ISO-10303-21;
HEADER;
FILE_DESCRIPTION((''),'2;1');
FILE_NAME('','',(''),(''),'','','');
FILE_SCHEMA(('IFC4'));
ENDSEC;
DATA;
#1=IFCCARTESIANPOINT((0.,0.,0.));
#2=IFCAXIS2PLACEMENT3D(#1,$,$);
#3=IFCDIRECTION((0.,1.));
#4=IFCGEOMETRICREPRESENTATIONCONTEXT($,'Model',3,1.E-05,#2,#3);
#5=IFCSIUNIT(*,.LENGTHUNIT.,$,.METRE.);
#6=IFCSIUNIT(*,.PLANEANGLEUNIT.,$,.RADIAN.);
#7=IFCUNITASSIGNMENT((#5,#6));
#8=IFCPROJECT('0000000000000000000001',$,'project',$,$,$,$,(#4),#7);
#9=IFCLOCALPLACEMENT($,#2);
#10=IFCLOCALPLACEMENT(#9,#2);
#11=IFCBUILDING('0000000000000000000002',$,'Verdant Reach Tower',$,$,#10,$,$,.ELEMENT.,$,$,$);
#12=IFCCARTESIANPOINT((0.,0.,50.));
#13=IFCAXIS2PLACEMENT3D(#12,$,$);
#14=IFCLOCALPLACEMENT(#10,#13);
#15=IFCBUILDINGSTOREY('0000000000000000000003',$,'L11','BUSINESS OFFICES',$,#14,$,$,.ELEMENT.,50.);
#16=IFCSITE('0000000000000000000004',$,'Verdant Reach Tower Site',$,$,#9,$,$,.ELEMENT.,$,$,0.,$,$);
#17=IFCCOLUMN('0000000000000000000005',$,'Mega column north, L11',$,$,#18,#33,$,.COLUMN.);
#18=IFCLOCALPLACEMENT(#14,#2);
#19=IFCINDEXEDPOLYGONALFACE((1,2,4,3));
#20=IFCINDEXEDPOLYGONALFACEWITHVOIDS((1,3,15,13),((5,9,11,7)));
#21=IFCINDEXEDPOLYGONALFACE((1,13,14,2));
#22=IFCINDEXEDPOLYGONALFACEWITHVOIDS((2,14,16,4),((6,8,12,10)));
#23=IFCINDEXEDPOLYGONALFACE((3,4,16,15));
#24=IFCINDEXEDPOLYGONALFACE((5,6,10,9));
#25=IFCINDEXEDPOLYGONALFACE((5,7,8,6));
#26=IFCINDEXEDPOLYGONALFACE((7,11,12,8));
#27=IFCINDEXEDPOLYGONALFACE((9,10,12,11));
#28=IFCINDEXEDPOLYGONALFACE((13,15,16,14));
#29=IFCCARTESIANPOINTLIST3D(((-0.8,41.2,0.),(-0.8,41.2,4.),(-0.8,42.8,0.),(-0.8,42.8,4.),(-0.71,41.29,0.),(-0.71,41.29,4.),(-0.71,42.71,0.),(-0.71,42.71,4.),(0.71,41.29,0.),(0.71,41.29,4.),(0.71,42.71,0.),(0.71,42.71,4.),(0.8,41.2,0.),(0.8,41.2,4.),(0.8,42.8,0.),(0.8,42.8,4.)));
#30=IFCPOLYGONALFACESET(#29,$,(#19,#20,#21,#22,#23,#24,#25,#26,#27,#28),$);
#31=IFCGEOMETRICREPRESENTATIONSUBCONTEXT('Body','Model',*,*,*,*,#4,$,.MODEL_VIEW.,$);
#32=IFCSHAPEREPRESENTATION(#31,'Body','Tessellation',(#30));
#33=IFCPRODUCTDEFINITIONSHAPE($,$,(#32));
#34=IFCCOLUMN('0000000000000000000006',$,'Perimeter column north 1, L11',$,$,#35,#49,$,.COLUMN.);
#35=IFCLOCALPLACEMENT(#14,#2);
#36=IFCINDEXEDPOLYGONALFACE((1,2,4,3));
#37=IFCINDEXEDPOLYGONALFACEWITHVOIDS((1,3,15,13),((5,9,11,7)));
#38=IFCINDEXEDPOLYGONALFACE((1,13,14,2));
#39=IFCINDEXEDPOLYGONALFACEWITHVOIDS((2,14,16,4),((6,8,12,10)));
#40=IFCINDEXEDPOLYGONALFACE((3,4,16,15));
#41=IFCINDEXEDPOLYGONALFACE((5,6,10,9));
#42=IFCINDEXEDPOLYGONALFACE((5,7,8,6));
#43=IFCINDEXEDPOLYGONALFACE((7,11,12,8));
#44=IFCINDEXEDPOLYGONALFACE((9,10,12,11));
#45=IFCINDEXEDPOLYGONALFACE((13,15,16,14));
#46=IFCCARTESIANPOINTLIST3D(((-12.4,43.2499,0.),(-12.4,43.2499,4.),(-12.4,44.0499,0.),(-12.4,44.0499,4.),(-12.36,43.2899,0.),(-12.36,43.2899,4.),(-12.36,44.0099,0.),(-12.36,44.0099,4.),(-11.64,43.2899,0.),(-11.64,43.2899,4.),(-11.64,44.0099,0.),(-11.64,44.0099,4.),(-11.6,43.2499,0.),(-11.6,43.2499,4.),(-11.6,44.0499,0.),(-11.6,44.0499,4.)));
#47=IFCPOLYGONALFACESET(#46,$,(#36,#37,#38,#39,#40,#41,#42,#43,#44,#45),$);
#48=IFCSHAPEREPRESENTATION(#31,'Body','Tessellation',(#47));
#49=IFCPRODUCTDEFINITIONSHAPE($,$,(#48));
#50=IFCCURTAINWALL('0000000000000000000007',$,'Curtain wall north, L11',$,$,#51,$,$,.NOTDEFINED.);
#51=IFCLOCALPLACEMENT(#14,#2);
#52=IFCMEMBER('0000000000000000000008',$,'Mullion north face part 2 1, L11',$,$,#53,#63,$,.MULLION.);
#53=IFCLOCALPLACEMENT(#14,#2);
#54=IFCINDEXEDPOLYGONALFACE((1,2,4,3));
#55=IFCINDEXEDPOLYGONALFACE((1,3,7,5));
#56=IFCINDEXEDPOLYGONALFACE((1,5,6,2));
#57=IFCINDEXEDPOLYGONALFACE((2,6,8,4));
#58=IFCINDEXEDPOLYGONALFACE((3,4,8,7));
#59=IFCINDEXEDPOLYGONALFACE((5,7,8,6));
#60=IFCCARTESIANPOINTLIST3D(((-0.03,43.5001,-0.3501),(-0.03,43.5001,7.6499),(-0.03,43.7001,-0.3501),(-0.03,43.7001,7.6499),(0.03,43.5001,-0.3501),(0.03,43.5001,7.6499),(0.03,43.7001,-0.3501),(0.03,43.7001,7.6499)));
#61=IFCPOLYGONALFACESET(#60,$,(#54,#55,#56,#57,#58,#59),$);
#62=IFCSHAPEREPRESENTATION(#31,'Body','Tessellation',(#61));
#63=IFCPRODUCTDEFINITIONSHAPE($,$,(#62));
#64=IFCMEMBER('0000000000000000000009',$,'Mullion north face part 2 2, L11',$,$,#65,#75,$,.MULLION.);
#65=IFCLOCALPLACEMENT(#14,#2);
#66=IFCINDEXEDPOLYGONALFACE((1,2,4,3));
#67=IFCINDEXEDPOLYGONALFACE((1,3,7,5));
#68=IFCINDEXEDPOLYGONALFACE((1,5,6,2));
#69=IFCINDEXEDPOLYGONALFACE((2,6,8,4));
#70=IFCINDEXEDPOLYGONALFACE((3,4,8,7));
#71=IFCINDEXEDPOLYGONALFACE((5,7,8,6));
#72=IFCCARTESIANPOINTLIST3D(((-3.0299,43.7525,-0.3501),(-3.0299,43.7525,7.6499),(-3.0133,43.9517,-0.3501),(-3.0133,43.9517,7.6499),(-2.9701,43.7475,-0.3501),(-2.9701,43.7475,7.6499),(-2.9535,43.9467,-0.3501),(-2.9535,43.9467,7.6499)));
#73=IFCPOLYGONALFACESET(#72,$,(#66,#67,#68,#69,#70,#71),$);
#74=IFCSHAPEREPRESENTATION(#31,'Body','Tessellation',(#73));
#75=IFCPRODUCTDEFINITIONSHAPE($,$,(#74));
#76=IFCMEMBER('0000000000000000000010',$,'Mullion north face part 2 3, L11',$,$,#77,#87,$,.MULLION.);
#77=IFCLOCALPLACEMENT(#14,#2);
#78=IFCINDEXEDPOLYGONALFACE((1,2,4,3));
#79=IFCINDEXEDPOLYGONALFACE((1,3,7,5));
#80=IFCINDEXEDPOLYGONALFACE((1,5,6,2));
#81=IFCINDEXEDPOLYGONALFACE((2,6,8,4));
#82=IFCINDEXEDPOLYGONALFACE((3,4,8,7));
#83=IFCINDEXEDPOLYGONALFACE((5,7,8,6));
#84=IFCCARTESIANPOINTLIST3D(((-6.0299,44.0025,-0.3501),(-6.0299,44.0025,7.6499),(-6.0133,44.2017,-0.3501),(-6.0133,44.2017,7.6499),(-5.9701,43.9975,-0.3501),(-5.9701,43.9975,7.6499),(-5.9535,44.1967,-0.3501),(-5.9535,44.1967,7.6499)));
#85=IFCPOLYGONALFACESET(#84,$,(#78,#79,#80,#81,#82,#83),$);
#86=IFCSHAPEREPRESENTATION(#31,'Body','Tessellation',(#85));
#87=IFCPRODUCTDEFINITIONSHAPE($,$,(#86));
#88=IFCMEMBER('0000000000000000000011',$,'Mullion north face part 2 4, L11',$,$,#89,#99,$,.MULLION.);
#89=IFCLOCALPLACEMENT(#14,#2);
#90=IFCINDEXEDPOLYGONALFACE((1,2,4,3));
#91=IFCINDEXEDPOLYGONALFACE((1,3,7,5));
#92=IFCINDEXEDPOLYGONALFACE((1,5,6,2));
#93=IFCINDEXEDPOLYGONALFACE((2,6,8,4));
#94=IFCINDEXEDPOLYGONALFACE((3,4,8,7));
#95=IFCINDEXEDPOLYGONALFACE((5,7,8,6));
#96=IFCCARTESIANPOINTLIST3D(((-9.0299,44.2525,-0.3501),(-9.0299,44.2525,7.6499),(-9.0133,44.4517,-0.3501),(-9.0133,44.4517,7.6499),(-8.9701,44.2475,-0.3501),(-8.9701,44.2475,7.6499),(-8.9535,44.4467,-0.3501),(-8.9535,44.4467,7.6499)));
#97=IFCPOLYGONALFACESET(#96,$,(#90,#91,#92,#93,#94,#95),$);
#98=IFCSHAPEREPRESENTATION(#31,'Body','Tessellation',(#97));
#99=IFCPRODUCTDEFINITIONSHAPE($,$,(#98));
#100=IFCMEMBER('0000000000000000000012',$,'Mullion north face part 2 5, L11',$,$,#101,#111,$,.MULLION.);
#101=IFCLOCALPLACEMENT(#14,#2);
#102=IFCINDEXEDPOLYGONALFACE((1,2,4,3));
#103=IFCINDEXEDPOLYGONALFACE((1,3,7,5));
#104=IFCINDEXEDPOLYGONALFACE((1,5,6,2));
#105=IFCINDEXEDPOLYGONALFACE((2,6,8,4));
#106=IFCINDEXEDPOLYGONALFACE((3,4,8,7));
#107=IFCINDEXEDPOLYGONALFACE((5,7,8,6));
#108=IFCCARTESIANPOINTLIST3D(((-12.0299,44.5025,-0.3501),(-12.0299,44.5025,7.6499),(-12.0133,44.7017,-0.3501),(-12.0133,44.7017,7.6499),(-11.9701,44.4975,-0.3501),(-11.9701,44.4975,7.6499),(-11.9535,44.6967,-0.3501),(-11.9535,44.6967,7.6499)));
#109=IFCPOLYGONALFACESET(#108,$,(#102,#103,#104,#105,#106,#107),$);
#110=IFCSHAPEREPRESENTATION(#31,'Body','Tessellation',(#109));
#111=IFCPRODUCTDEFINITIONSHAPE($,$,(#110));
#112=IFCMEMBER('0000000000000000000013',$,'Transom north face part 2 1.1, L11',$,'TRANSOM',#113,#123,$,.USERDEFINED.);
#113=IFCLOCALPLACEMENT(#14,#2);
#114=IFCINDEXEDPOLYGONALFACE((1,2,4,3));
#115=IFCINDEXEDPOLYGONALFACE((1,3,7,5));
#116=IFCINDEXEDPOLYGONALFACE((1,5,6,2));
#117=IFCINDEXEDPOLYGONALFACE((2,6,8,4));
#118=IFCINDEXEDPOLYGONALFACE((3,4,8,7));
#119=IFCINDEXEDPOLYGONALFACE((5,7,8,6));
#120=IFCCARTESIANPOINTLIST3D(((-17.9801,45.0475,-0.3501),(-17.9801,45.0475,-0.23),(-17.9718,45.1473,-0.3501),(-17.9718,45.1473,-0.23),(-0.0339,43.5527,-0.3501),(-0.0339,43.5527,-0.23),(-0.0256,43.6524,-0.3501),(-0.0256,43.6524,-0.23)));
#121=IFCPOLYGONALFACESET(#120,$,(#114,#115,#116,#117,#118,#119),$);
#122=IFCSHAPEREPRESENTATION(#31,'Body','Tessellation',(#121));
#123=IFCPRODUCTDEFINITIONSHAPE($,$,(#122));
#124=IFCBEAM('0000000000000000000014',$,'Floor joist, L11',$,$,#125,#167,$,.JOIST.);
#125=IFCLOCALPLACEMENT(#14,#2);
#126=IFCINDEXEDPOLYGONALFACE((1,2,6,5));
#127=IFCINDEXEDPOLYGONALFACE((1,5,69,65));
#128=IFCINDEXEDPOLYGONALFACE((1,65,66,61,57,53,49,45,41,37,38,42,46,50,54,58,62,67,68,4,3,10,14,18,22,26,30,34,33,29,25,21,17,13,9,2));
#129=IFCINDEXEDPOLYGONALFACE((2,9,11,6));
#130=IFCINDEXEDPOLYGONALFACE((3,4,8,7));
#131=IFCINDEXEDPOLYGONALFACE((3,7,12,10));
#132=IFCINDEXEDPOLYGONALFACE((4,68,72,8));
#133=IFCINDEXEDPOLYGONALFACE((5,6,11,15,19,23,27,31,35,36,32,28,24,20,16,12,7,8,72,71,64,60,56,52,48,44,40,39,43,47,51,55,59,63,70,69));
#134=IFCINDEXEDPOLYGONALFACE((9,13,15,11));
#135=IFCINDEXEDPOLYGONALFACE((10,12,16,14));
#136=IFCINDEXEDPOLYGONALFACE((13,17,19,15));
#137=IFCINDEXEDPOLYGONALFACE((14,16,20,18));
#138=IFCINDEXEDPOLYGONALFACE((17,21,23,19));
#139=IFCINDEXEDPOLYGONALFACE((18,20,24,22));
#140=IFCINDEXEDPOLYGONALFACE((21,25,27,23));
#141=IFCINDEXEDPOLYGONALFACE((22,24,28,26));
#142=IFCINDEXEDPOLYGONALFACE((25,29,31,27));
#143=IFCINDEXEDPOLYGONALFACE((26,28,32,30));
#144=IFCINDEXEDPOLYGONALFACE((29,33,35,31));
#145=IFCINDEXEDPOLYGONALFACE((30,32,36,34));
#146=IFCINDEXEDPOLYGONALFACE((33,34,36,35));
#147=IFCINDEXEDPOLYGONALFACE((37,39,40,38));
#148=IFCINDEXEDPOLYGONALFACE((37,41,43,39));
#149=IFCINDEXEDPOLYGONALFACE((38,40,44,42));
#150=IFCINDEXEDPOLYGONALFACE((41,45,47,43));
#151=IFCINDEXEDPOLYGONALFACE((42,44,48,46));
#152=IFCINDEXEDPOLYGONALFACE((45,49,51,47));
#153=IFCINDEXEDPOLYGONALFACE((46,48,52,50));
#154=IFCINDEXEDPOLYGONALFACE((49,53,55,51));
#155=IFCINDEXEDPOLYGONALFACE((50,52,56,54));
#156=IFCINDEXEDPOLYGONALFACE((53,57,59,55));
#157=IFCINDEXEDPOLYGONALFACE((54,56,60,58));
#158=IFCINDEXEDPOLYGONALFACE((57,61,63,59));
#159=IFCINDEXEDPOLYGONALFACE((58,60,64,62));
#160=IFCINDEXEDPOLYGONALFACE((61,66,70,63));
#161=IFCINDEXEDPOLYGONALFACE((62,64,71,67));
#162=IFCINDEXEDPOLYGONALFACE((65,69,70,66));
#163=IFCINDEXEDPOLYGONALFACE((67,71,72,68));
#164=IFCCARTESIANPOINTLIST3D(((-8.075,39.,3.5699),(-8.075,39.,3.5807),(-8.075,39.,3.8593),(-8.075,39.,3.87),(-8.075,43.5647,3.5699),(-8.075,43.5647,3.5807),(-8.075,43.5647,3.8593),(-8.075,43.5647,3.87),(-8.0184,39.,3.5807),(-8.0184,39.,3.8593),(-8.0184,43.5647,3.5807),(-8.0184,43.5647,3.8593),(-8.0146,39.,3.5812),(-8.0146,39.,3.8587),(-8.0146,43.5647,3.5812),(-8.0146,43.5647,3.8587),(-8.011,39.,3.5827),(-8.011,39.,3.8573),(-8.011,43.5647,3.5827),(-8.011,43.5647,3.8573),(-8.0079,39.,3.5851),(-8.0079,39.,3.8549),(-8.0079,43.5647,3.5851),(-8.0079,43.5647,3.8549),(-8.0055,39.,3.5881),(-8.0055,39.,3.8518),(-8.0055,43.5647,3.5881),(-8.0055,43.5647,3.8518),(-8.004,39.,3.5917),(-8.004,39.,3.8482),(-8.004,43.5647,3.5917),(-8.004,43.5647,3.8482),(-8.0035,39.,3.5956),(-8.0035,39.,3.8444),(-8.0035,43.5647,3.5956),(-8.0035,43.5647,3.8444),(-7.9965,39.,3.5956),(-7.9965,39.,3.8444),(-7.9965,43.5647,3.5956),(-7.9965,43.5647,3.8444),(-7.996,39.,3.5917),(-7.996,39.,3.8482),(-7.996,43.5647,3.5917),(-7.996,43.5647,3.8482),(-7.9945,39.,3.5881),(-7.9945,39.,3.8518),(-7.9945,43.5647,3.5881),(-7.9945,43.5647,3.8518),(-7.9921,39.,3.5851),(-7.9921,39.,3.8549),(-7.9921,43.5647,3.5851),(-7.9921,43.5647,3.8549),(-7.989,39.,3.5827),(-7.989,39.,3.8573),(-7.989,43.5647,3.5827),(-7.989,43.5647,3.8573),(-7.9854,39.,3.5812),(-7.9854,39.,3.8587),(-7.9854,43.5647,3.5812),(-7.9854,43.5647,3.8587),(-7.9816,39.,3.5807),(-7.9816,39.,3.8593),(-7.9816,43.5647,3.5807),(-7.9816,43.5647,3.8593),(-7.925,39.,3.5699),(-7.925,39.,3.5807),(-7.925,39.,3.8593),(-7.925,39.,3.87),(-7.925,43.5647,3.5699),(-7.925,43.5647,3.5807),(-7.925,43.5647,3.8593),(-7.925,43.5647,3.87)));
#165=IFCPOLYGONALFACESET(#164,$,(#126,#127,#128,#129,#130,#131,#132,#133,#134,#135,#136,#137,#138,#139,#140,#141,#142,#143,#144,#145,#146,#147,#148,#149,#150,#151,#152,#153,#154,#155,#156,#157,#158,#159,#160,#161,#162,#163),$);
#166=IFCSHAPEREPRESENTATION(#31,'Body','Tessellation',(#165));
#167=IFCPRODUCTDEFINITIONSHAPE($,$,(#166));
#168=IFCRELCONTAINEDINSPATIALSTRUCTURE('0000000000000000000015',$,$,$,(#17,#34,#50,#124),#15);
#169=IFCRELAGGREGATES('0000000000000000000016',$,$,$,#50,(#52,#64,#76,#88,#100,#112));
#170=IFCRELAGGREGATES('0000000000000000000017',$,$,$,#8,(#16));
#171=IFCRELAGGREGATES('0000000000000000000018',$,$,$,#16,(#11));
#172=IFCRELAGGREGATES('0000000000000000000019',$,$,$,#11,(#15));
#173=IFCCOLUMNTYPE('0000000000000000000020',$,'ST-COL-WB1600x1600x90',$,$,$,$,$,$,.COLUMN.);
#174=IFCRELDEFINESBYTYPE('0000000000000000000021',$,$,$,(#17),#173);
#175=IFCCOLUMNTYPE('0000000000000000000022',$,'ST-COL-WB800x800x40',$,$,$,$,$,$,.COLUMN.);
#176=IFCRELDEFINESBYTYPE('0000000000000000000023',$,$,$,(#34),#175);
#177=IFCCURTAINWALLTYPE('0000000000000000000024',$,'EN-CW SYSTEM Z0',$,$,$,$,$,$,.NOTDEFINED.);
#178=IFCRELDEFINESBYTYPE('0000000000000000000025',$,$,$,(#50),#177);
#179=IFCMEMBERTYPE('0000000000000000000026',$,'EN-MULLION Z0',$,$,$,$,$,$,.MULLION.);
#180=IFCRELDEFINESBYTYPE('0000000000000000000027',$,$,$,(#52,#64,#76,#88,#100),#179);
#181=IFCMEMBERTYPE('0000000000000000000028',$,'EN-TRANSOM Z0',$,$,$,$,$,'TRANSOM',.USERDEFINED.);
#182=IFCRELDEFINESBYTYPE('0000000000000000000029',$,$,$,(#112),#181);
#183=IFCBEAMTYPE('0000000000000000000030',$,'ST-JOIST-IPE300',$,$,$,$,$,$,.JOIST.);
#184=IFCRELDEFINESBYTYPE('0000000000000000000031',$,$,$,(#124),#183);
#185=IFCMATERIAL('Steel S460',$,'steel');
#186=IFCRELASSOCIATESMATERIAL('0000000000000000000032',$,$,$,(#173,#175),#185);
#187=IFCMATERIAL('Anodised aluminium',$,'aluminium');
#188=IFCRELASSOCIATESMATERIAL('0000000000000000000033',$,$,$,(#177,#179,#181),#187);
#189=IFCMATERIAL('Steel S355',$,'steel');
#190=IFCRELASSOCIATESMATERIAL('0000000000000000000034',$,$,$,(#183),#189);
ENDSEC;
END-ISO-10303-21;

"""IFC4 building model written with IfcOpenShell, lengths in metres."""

from ifc_helpers import new_model, si_unit, direction, frame, origin, origin_2d, place, context, subcontext, project, spatial, rectangle, hollow_rectangle, i_section, extrude, material, material_profile, profile_set, type_object, element, aggregate, save


model = new_model("IFC4")

# Units and contexts
model_context = context("Model", 3, precision=1e-05, world=origin(), true_north=direction((0.0, 1.0)))
body_context = subcontext(model_context, "Body", "Model", "MODEL_VIEW")
ifc_project = project(units=[si_unit("LENGTHUNIT", "METRE"), si_unit("PLANEANGLEUNIT", "RADIAN")], contexts=[model_context])

# Site, building, storey
site_placement = place(None, origin())
site = spatial("IfcSite", under=ifc_project, at=site_placement, Name="Verdant Reach Tower Site", CompositionType="ELEMENT", RefElevation=0.0)
building_placement = place(site_placement, origin())
building = spatial("IfcBuilding", under=site, at=building_placement, Name="Verdant Reach Tower", CompositionType="ELEMENT")
storey_placement = place(building_placement, frame((0.0, 0.0, 50.0)))
storey = spatial("IfcBuildingStorey", under=building, at=storey_placement, Name="L11", Description="BUSINESS OFFICES", CompositionType="ELEMENT", Elevation=50.0)

# Columns
ifc_material_1 = material(Name="Steel S460", Category="steel")
ifc_material_profile_1 = material_profile(ifc_material_1, hollow_rectangle(XDim=1.6001, YDim=1.6001, WallThickness=0.0901, at=origin_2d()), Name="WB 1600x1600x90")
ifc_profile_set_1 = profile_set([ifc_material_profile_1], Name="Steel S460")
column_type_1 = type_object("IfcColumnType", Name="ST-COL-WB1600x1600x90", PredefinedType="COLUMN", material=ifc_profile_set_1)
column_1_placement = place(storey_placement, frame((0.0, 42.0, 0.0), z_axis=(0.0, 0.0, 1.0), x_axis=(1.0, 0.0, 0.0)))
element("IfcColumn", 1, at=column_1_placement, inside=storey, type_object=column_type_1, Name="Mega column north, L11", PredefinedType="COLUMN", context=body_context, shape_type="SweptSolid", body=[
    extrude(hollow_rectangle(XDim=1.6001, YDim=1.6001, WallThickness=0.0901, at=origin_2d()), origin(), (0.0, 0.0, 1.0), 4.0),
])
ifc_material_profile_2 = material_profile(ifc_material_1, hollow_rectangle(XDim=0.8, YDim=0.8, WallThickness=0.04, at=origin_2d()), Name="WB 800x800x40")
ifc_profile_set_2 = profile_set([ifc_material_profile_2], Name="Steel S460")
column_type_2 = type_object("IfcColumnType", Name="ST-COL-WB800x800x40", PredefinedType="COLUMN", material=ifc_profile_set_2)
column_2_placement = place(storey_placement, frame((-12.0, 43.6499, 0.0), z_axis=(0.0, 0.0, 1.0), x_axis=(1.0, 0.0, 0.0)))
element("IfcColumn", 2, at=column_2_placement, inside=storey, type_object=column_type_2, Name="Perimeter column north 1, L11", PredefinedType="COLUMN", context=body_context, shape_type="SweptSolid", body=[
    extrude(hollow_rectangle(XDim=0.8, YDim=0.8, WallThickness=0.04, at=origin_2d()), origin(), (0.0, 0.0, 1.0), 4.0),
])

# Curtain wall, members
ifc_material_2 = material(Name="Anodised aluminium", Category="aluminium")
curtain_wall_type = type_object("IfcCurtainWallType", Name="EN-CW SYSTEM Z0", PredefinedType="NOTDEFINED", material=ifc_material_2)
curtain_wall_placement = place(storey_placement, origin())
curtain_wall = element("IfcCurtainWall", 3, at=curtain_wall_placement, inside=storey, type_object=curtain_wall_type, Name="Curtain wall north, L11", PredefinedType="NOTDEFINED")
ifc_material_profile_3 = material_profile(ifc_material_2, rectangle(XDim=0.2, YDim=0.0601, at=origin_2d()), Name="Mullion 60x200")
ifc_profile_set_3 = profile_set([ifc_material_profile_3], Name="Anodised aluminium")
member_type_1 = type_object("IfcMemberType", Name="EN-MULLION Z0", PredefinedType="MULLION", material=ifc_profile_set_3)
member_1_placement = place(storey_placement, frame((0.0, 43.6001, -0.3501), z_axis=(0.0, 0.0, 1.0), x_axis=(0.0, 1.0, 0.0)))
member_1 = element("IfcMember", 4, at=member_1_placement, type_object=member_type_1, Name="Mullion north face part 2 1, L11", PredefinedType="MULLION", context=body_context, shape_type="SweptSolid", body=[
    extrude(rectangle(XDim=0.2, YDim=0.0601, at=origin_2d()), origin(), (0.0, 0.0, 1.0), 8.0),
])
member_2_placement = place(storey_placement, frame((-2.9917, 43.8496, -0.3501), z_axis=(0.0, 0.0, 1.0), x_axis=(0.083045, 0.996546, 0.0)))
member_2 = element("IfcMember", 5, at=member_2_placement, type_object=member_type_1, Name="Mullion north face part 2 2, L11", PredefinedType="MULLION", context=body_context, shape_type="SweptSolid", body=[
    extrude(rectangle(XDim=0.2, YDim=0.0601, at=origin_2d()), origin(), (0.0, 0.0, 1.0), 8.0),
])
member_3_placement = place(storey_placement, frame((-5.9917, 44.0996, -0.3501), z_axis=(0.0, 0.0, 1.0), x_axis=(0.083045, 0.996546, 0.0)))
member_3 = element("IfcMember", 6, at=member_3_placement, type_object=member_type_1, Name="Mullion north face part 2 3, L11", PredefinedType="MULLION", context=body_context, shape_type="SweptSolid", body=[
    extrude(rectangle(XDim=0.2, YDim=0.0601, at=origin_2d()), origin(), (0.0, 0.0, 1.0), 8.0),
])
member_4_placement = place(storey_placement, frame((-8.9917, 44.3496, -0.3501), z_axis=(0.0, 0.0, 1.0), x_axis=(0.083045, 0.996546, 0.0)))
member_4 = element("IfcMember", 7, at=member_4_placement, type_object=member_type_1, Name="Mullion north face part 2 4, L11", PredefinedType="MULLION", context=body_context, shape_type="SweptSolid", body=[
    extrude(rectangle(XDim=0.2, YDim=0.0601, at=origin_2d()), origin(), (0.0, 0.0, 1.0), 8.0),
])
member_5_placement = place(storey_placement, frame((-11.9917, 44.5996, -0.3501), z_axis=(0.0, 0.0, 1.0), x_axis=(0.083045, 0.996546, 0.0)))
member_5 = element("IfcMember", 8, at=member_5_placement, type_object=member_type_1, Name="Mullion north face part 2 5, L11", PredefinedType="MULLION", context=body_context, shape_type="SweptSolid", body=[
    extrude(rectangle(XDim=0.2, YDim=0.0601, at=origin_2d()), origin(), (0.0, 0.0, 1.0), 8.0),
])
ifc_material_profile_4 = material_profile(ifc_material_2, rectangle(XDim=0.1001, YDim=0.1201, at=origin_2d()), Name="Transom 120x100")
ifc_profile_set_4 = profile_set([ifc_material_profile_4], Name="Anodised aluminium")
member_type_2 = type_object("IfcMemberType", Name="EN-TRANSOM Z0", ElementType="TRANSOM", PredefinedType="USERDEFINED", material=ifc_profile_set_4)
member_6_placement = place(storey_placement, frame((-0.0298, 43.6025, -0.29), z_axis=(-0.996549, 0.083011, 0.0), x_axis=(-0.083011, -0.996549, 0.0)))
member_6 = element("IfcMember", 9, at=member_6_placement, type_object=member_type_2, Name="Transom north face part 2 1.1, L11", ObjectType="TRANSOM", PredefinedType="USERDEFINED", context=body_context, shape_type="SweptSolid", body=[
    extrude(rectangle(XDim=0.1001, YDim=0.1201, at=origin_2d()), origin(), (0.0, 0.0, 1.0), 18.0083),
])

# Beam
ifc_material_3 = material(Name="Steel S355", Category="steel")
ifc_material_profile_5 = material_profile(ifc_material_3, i_section(OverallWidth=0.1499, OverallDepth=0.3, WebThickness=0.0071, FlangeThickness=0.0107, FilletRadius=0.0149, at=origin_2d()), Name="IPE 300")
ifc_profile_set_5 = profile_set([ifc_material_profile_5], Name="Steel S355")
beam_type_1 = type_object("IfcBeamType", Name="ST-JOIST-IPE300", PredefinedType="JOIST", material=ifc_profile_set_5)
beam_1_placement = place(storey_placement, frame((-8.0, 39.0, 3.72), z_axis=(0.0, 1.0, 0.0), x_axis=(-1.0, 0.0, 0.0)))
element("IfcBeam", 10, at=beam_1_placement, inside=storey, type_object=beam_type_1, Name="Floor joist, L11", PredefinedType="JOIST", context=body_context, shape_type="SweptSolid", body=[
    extrude(i_section(OverallWidth=0.1499, OverallDepth=0.3, WebThickness=0.0071, FlangeThickness=0.0107, FilletRadius=0.0149, at=origin_2d()), origin(), (0.0, 0.0, 1.0), 4.5647),
])

aggregate(curtain_wall, [member_1, member_2, member_3, member_4, member_5, member_6])

save(model, "model.ifc")
